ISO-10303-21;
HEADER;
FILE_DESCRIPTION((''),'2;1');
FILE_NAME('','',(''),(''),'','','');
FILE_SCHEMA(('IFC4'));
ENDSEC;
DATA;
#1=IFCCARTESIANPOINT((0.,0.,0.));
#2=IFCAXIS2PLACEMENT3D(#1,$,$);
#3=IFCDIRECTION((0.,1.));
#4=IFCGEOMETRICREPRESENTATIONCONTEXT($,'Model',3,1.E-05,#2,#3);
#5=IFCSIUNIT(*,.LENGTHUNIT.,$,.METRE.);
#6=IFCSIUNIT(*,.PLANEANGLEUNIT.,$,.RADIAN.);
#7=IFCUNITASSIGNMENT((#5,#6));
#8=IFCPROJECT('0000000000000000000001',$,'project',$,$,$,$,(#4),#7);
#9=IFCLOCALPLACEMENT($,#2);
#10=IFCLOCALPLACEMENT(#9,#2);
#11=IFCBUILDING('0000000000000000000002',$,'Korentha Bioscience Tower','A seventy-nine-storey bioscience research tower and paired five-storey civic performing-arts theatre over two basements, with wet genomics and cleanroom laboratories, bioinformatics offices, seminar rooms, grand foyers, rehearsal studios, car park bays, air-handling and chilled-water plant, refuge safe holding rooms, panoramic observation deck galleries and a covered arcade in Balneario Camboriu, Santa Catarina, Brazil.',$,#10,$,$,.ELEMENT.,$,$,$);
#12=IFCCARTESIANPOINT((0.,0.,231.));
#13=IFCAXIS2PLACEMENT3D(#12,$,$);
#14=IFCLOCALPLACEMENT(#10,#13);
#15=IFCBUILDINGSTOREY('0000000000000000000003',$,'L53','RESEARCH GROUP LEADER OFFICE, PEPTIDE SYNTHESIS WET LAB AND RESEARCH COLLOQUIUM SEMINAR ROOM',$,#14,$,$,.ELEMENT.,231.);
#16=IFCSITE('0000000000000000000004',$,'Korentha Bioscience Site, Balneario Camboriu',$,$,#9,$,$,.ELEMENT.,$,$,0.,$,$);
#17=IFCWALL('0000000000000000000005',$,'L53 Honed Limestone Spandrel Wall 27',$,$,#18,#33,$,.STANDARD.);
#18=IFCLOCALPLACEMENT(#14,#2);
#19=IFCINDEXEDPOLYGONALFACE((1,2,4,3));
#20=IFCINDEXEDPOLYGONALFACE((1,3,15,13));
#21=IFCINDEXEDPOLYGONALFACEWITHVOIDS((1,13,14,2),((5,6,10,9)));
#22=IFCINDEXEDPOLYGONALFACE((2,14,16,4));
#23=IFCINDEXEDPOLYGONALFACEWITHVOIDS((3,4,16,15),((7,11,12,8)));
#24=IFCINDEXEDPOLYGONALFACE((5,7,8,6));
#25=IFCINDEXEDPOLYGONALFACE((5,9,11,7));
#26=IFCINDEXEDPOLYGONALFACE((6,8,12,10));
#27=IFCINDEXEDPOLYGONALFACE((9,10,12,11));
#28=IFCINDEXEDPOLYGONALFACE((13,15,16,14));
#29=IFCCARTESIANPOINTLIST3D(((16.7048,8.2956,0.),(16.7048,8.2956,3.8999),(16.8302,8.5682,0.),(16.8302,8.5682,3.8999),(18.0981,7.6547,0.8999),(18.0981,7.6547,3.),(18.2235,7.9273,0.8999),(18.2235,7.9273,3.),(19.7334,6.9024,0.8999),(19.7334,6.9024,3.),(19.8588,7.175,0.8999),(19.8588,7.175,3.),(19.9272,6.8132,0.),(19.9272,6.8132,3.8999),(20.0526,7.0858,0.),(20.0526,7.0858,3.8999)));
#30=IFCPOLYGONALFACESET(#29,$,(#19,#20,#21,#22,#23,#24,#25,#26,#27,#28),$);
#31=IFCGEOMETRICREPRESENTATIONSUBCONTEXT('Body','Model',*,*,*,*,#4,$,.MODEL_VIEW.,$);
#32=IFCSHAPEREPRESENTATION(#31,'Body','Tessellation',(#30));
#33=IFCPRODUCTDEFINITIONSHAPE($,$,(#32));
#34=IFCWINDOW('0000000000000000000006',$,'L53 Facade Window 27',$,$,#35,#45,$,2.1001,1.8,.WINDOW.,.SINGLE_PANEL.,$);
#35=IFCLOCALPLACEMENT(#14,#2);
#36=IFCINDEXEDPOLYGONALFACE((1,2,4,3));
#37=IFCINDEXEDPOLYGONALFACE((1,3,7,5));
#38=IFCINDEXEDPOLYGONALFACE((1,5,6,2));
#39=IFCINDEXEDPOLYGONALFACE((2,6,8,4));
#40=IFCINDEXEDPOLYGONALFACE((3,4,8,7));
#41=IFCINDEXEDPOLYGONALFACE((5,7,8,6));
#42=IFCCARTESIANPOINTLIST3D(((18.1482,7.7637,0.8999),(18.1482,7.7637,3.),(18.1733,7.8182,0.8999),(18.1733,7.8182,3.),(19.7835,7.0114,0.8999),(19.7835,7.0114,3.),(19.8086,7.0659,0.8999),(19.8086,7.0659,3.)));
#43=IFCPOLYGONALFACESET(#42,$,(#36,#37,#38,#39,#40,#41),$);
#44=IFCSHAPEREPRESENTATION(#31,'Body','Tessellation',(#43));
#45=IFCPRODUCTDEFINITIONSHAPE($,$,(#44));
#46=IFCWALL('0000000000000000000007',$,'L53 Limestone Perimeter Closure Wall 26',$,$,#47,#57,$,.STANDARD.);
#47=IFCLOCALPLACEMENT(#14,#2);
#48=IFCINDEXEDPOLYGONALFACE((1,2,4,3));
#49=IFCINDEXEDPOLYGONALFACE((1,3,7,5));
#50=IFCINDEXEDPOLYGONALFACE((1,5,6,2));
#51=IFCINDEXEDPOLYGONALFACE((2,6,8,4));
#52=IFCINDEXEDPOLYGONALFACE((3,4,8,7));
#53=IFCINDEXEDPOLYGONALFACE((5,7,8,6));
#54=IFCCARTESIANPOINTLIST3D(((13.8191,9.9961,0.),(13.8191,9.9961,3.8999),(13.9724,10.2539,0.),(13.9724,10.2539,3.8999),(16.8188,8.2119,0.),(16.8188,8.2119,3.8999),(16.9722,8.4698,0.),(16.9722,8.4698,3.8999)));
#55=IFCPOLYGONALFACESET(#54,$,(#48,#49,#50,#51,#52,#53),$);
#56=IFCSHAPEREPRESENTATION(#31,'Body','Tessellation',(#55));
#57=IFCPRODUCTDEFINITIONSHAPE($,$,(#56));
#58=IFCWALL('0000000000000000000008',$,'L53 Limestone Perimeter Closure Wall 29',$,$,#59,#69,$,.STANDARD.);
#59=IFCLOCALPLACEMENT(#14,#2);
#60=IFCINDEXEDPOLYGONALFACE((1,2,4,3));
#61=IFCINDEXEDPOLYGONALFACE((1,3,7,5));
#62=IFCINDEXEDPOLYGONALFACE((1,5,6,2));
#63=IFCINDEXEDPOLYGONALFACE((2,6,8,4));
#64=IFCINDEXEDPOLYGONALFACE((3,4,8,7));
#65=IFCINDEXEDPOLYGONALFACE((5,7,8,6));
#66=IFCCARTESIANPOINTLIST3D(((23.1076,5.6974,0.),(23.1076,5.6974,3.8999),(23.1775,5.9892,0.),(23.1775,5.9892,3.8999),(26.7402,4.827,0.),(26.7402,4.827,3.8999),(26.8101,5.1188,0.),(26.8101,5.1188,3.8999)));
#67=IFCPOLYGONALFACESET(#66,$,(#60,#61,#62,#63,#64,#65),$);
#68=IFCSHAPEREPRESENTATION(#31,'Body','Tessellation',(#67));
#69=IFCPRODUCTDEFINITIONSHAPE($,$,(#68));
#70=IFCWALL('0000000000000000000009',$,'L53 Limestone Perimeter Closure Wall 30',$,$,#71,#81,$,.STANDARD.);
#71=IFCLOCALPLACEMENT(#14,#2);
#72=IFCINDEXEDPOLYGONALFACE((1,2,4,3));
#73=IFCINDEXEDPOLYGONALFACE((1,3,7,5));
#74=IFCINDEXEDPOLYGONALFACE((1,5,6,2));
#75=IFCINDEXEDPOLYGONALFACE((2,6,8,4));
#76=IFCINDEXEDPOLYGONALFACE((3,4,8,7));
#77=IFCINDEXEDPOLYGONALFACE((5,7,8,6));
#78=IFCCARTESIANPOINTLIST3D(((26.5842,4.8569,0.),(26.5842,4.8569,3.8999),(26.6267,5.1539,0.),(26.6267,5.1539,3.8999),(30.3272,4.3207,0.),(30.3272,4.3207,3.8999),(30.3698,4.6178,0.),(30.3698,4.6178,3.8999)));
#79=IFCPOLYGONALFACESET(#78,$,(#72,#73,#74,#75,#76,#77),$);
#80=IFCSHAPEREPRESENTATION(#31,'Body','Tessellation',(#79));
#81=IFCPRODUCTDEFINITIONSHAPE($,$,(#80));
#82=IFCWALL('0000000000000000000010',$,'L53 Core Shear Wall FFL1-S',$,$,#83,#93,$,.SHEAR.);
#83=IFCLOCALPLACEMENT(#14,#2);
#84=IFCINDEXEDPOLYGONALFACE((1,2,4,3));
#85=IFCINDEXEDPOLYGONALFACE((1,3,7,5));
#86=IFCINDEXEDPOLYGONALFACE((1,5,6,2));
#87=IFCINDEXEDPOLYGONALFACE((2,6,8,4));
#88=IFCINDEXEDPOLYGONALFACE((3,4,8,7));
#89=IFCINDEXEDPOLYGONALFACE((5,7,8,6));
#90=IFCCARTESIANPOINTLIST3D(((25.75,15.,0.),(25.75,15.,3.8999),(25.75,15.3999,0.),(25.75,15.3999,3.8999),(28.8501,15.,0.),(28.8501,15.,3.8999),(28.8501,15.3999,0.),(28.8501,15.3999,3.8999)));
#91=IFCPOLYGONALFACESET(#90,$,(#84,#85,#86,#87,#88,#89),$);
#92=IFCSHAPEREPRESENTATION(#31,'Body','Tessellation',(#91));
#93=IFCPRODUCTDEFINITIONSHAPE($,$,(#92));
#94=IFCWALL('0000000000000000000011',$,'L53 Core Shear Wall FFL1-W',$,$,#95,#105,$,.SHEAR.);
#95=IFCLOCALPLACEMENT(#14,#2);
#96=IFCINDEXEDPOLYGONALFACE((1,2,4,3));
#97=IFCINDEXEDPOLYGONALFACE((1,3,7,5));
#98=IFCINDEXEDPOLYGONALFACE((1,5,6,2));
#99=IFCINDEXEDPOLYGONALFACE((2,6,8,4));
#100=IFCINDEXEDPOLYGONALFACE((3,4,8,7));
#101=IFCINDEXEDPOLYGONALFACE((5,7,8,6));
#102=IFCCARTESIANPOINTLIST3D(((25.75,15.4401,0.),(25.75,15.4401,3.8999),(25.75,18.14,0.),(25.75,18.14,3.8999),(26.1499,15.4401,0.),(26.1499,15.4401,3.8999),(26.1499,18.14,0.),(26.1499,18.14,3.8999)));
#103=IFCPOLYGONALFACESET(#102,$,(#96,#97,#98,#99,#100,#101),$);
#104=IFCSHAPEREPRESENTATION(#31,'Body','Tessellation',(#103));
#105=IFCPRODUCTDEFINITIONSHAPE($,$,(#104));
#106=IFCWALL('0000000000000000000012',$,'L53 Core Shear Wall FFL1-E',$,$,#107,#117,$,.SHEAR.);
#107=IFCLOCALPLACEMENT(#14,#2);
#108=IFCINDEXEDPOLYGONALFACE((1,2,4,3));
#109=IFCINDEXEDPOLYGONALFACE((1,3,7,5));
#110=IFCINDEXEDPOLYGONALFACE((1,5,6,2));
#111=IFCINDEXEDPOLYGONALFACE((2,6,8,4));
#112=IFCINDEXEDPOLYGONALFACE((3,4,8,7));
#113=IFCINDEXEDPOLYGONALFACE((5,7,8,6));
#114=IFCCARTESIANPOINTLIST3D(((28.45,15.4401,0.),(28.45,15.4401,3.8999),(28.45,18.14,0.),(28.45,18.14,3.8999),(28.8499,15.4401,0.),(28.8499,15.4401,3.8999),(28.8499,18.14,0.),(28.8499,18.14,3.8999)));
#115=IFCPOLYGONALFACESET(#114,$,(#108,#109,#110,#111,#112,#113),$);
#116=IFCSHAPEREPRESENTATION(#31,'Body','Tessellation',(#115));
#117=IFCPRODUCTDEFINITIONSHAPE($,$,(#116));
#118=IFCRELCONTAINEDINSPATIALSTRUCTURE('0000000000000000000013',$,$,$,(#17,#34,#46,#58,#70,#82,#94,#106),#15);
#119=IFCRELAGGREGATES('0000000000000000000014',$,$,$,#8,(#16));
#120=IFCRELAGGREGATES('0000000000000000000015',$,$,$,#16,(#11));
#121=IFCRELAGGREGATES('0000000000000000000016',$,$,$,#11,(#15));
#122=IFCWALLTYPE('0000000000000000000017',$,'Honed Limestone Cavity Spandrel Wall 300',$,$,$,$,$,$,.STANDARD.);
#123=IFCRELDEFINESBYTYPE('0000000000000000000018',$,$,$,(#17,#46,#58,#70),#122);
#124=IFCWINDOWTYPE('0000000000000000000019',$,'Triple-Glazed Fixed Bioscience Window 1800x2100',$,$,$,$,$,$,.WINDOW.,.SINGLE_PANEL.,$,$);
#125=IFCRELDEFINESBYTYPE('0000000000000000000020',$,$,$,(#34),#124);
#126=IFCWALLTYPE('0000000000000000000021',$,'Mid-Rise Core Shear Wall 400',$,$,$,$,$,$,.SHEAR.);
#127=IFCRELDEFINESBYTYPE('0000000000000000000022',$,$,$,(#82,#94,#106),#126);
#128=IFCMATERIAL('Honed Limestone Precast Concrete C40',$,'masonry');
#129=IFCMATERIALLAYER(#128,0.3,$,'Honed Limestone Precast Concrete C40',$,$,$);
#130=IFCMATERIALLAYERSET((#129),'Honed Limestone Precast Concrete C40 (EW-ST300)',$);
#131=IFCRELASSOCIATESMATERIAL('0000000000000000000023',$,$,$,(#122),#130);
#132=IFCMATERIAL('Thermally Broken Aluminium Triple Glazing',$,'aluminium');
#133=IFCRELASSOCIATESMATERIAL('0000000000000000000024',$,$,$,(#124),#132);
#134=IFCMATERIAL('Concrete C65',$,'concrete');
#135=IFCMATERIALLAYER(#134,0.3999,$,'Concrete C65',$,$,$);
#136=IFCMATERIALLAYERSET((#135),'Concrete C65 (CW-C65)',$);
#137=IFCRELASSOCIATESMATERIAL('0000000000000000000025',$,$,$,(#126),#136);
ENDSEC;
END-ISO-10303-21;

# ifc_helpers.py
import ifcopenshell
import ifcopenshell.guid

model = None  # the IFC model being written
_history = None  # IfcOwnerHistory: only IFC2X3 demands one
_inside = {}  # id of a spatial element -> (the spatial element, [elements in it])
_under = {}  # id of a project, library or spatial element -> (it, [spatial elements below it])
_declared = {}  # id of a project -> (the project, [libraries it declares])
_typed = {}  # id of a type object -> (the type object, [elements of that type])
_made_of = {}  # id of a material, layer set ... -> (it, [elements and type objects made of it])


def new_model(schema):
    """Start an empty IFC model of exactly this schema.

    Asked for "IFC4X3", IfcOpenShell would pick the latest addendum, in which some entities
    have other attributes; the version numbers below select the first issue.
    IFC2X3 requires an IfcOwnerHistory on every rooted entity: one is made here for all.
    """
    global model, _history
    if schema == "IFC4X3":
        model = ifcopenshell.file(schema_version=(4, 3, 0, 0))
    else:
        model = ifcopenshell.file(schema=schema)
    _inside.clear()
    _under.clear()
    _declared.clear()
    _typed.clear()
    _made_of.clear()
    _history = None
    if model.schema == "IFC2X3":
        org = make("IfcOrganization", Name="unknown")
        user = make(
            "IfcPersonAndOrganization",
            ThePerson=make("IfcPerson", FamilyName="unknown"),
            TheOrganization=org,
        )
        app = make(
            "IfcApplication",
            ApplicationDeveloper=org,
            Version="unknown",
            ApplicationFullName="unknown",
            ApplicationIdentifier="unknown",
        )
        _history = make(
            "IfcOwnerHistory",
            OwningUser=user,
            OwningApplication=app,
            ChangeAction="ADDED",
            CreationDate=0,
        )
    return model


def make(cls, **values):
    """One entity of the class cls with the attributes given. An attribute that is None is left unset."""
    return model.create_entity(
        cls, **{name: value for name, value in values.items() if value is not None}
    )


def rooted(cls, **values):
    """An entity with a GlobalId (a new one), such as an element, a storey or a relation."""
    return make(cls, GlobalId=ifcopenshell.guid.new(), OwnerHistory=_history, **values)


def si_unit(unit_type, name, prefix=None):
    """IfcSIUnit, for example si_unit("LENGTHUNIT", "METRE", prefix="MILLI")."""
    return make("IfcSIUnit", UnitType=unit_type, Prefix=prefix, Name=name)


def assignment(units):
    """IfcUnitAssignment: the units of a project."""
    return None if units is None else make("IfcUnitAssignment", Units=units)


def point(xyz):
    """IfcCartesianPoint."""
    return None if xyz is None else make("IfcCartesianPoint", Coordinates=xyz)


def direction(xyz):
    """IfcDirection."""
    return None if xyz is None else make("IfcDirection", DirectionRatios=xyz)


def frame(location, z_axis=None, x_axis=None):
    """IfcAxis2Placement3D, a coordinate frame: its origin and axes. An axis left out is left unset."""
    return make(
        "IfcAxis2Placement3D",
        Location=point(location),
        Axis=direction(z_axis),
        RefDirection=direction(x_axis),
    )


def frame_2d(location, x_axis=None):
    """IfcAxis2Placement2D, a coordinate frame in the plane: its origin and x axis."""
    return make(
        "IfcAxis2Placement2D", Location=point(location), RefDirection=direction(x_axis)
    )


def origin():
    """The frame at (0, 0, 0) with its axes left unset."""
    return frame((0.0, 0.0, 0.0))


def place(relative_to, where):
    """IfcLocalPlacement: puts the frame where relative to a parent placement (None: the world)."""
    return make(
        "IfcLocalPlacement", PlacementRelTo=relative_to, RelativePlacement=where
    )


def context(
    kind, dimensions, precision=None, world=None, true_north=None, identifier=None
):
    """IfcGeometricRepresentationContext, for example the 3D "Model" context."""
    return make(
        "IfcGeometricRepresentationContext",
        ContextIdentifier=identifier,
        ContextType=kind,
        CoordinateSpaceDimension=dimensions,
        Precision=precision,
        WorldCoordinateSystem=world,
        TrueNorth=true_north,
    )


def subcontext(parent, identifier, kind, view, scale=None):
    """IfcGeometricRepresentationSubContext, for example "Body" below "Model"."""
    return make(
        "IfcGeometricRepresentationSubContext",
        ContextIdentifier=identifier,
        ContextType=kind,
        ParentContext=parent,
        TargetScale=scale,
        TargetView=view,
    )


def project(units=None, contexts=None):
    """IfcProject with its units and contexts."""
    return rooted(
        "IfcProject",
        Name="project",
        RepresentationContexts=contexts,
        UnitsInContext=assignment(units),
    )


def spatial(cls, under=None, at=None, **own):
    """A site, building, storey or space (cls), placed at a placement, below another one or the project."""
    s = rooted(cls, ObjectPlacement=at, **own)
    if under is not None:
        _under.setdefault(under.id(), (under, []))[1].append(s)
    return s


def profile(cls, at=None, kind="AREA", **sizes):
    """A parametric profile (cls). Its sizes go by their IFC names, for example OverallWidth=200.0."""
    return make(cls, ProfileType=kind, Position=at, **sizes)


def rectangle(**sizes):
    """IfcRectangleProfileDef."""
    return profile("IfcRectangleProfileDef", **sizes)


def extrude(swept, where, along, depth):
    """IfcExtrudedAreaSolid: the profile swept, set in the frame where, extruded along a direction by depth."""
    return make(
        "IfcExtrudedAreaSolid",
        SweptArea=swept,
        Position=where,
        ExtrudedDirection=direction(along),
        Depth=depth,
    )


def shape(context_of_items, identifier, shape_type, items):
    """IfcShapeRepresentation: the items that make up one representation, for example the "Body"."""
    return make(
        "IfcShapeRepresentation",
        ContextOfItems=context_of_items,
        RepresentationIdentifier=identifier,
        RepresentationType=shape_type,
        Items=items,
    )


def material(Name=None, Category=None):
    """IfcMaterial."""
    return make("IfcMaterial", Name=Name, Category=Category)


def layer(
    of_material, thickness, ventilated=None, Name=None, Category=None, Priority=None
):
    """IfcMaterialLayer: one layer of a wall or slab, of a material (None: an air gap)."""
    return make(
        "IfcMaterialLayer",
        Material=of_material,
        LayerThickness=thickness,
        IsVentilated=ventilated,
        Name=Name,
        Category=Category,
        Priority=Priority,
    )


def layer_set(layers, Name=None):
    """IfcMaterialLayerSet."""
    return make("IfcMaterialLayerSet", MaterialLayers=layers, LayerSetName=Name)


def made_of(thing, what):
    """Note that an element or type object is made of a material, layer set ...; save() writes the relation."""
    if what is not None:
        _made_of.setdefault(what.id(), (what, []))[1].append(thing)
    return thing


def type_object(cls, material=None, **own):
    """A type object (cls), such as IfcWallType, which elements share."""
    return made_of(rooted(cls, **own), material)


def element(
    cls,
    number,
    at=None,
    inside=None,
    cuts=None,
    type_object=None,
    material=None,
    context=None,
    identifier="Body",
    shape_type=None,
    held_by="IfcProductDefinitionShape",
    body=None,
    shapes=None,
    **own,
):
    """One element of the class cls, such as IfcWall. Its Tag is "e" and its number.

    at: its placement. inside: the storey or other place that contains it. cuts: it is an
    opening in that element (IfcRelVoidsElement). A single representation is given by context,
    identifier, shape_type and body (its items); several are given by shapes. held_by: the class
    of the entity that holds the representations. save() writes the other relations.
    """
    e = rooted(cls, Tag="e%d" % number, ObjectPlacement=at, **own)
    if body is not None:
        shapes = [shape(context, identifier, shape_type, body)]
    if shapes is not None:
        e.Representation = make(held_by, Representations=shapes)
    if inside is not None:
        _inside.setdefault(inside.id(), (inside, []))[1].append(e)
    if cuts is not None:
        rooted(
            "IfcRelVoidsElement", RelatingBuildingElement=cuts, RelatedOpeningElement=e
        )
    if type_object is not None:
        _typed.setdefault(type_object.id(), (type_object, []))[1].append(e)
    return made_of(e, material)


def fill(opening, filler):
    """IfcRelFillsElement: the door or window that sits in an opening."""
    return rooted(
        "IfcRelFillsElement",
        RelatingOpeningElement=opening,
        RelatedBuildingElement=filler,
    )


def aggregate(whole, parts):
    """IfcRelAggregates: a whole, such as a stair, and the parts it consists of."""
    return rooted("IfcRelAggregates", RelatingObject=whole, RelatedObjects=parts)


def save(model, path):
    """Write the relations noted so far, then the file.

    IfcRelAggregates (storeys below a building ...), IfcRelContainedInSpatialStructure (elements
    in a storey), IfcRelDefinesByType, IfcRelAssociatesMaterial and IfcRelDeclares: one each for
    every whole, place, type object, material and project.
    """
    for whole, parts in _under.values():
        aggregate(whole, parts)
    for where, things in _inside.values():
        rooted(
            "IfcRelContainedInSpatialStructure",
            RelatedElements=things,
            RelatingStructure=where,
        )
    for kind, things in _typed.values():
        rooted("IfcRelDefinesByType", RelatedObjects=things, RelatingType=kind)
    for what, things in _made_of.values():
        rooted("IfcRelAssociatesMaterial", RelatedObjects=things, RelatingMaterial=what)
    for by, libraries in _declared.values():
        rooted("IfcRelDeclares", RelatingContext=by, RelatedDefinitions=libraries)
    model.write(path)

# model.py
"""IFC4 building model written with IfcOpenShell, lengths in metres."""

from ifc_helpers import new_model, si_unit, direction, frame, frame_2d, origin, place, context, subcontext, project, spatial, rectangle, extrude, material, layer, layer_set, type_object, element, fill, save


model = new_model("IFC4")

# Units and contexts
model_context = context("Model", 3, precision=1e-05, world=origin(), true_north=direction((0.0, 1.0)))
body_context = subcontext(model_context, "Body", "Model", "MODEL_VIEW")
ifc_project = project(units=[si_unit("LENGTHUNIT", "METRE"), si_unit("PLANEANGLEUNIT", "RADIAN")], contexts=[model_context])

# Site, building, storey
site_placement = place(None, origin())
site = spatial("IfcSite", under=ifc_project, at=site_placement, Name="Korentha Bioscience Site, Balneario Camboriu", CompositionType="ELEMENT", RefElevation=0.0)
building_placement = place(site_placement, origin())
building = spatial("IfcBuilding", under=site, at=building_placement, Name="Korentha Bioscience Tower", Description="A seventy-nine-storey bioscience research tower and paired five-storey civic performing-arts theatre over two basements, with wet genomics and cleanroom laboratories, bioinformatics offices, seminar rooms, grand foyers, rehearsal studios, car park bays, air-handling and chilled-water plant, refuge safe holding rooms, panoramic observation deck galleries and a covered arcade in Balneario Camboriu, Santa Catarina, Brazil.", CompositionType="ELEMENT")
storey_placement = place(building_placement, frame((0.0, 0.0, 231.0)))
storey = spatial("IfcBuildingStorey", under=building, at=storey_placement, Name="L53", Description="RESEARCH GROUP LEADER OFFICE, PEPTIDE SYNTHESIS WET LAB AND RESEARCH COLLOQUIUM SEMINAR ROOM", CompositionType="ELEMENT", Elevation=231.0)

# Shared definitions
ifc_material_1 = material(Name="Concrete C65", Category="concrete")

# Wall, opening, window
ifc_material_2 = material(Name="Honed Limestone Precast Concrete C40", Category="masonry")
ifc_layer_1 = layer(ifc_material_2, 0.3, Name="Honed Limestone Precast Concrete C40")
ifc_layer_set_1 = layer_set([ifc_layer_1], Name="Honed Limestone Precast Concrete C40 (EW-ST300)")
wall_type_1 = type_object("IfcWallType", Name="Honed Limestone Cavity Spandrel Wall 300", PredefinedType="STANDARD", material=ifc_layer_set_1)
wall_1_placement = place(storey_placement, frame((16.7676, 8.4319, 0.0), z_axis=(0.0, 0.0, 1.0), x_axis=(0.908478, -0.417932, 0.0)))
wall_1 = element("IfcWall", 1, at=wall_1_placement, inside=storey, type_object=wall_type_1, Name="L53 Honed Limestone Spandrel Wall 27", PredefinedType="STANDARD", context=body_context, shape_type="SweptSolid", body=[
    extrude(rectangle(XDim=3.5471, YDim=0.3, at=frame_2d((1.7734, 0.0))), origin(), (0.0, 0.0, 1.0), 3.8999),
])
opening_1_placement = place(wall_1_placement, frame((1.5337, 0.0, 0.8999)))
opening_1 = element("IfcOpeningElement", 2, at=opening_1_placement, cuts=wall_1, PredefinedType="OPENING", context=body_context, shape_type="SweptSolid", body=[
    extrude(rectangle(XDim=1.8, YDim=2.1001, at=frame_2d((0.8999, 1.05))), frame((0.0, 0.165, 0.0), z_axis=(0.0, -1.0, 0.0), x_axis=(1.0, 0.0, 0.0)), (0.0, 0.0, 1.0), 0.3298),
])
ifc_material_3 = material(Name="Thermally Broken Aluminium Triple Glazing", Category="aluminium")
window_type = type_object("IfcWindowType", Name="Triple-Glazed Fixed Bioscience Window 1800x2100", PartitioningType="SINGLE_PANEL", PredefinedType="WINDOW", material=ifc_material_3)
window_placement = place(opening_1_placement, origin())
window = element("IfcWindow", 3, at=window_placement, inside=storey, type_object=window_type, Name="L53 Facade Window 27", OverallHeight=2.1001, OverallWidth=1.8, PartitioningType="SINGLE_PANEL", PredefinedType="WINDOW", context=body_context, shape_type="SweptSolid", body=[
    extrude(rectangle(XDim=1.8, YDim=2.1001, at=frame_2d((0.8999, 1.05))), frame((0.0, 0.03, 0.0), z_axis=(0.0, -1.0, 0.0), x_axis=(1.0, 0.0, 0.0)), (0.0, 0.0, 1.0), 0.0601),
])
fill(opening_1, window)

# Walls
wall_2_placement = place(storey_placement, frame((13.8958, 10.125, 0.0), z_axis=(0.0, 0.0, 1.0), x_axis=(0.859468, -0.51119, 0.0)))
element("IfcWall", 4, at=wall_2_placement, inside=storey, type_object=wall_type_1, Name="L53 Limestone Perimeter Closure Wall 26", PredefinedType="STANDARD", context=body_context, shape_type="SweptSolid", body=[
    extrude(rectangle(XDim=3.4902, YDim=0.3, at=frame_2d((1.7451, 0.0))), origin(), (0.0, 0.0, 1.0), 3.8999),
])
wall_3_placement = place(storey_placement, frame((23.1426, 5.8433, 0.0), z_axis=(0.0, 0.0, 1.0), x_axis=(0.972476, -0.233005, 0.0)))
element("IfcWall", 5, at=wall_3_placement, inside=storey, type_object=wall_type_1, Name="L53 Limestone Perimeter Closure Wall 29", PredefinedType="STANDARD", context=body_context, shape_type="SweptSolid", body=[
    extrude(rectangle(XDim=3.7354, YDim=0.3, at=frame_2d((1.8677, 0.0))), origin(), (0.0, 0.0, 1.0), 3.8999),
])
wall_4_placement = place(storey_placement, frame((26.6055, 5.0054, 0.0), z_axis=(0.0, 0.0, 1.0), x_axis=(0.989898, -0.141783, 0.0)))
element("IfcWall", 6, at=wall_4_placement, inside=storey, type_object=wall_type_1, Name="L53 Limestone Perimeter Closure Wall 30", PredefinedType="STANDARD", context=body_context, shape_type="SweptSolid", body=[
    extrude(rectangle(XDim=3.7812, YDim=0.3, at=frame_2d((1.8906, 0.0))), origin(), (0.0, 0.0, 1.0), 3.8999),
])
ifc_layer_2 = layer(ifc_material_1, 0.3999, Name="Concrete C65")
ifc_layer_set_2 = layer_set([ifc_layer_2], Name="Concrete C65 (CW-C65)")
wall_type_2 = type_object("IfcWallType", Name="Mid-Rise Core Shear Wall 400", PredefinedType="SHEAR", material=ifc_layer_set_2)
wall_5_placement = place(storey_placement, frame((25.75, 15.2, 0.0), z_axis=(0.0, 0.0, 1.0), x_axis=(1.0, 0.0, 0.0)))
element("IfcWall", 7, at=wall_5_placement, inside=storey, type_object=wall_type_2, Name="L53 Core Shear Wall FFL1-S", PredefinedType="SHEAR", context=body_context, shape_type="SweptSolid", body=[
    extrude(rectangle(XDim=3.1001, YDim=0.3999, at=frame_2d((1.55, 0.0))), origin(), (0.0, 0.0, 1.0), 3.8999),
])
for number, where, z_axis, x_axis, name in (
    (8, (25.95, 15.4399, 0.0), (0.0, 0.0, 1.0), (0.0, 1.0, 0.0), "L53 Core Shear Wall FFL1-W"),
    (9, (28.6499, 15.4399, 0.0), (0.0, 0.0, 1.0), (0.0, 1.0, 0.0), "L53 Core Shear Wall FFL1-E"),
):
    element("IfcWall", number, at=place(storey_placement, frame(where, z_axis=z_axis, x_axis=x_axis)), inside=storey, type_object=wall_type_2, Name=name, PredefinedType="SHEAR", context=body_context, shape_type="SweptSolid", body=[
        extrude(rectangle(XDim=2.7, YDim=0.3999, at=frame_2d((1.3501, 0.0))), origin(), (0.0, 0.0, 1.0), 3.8999),
    ])

save(model, "model.ifc")
